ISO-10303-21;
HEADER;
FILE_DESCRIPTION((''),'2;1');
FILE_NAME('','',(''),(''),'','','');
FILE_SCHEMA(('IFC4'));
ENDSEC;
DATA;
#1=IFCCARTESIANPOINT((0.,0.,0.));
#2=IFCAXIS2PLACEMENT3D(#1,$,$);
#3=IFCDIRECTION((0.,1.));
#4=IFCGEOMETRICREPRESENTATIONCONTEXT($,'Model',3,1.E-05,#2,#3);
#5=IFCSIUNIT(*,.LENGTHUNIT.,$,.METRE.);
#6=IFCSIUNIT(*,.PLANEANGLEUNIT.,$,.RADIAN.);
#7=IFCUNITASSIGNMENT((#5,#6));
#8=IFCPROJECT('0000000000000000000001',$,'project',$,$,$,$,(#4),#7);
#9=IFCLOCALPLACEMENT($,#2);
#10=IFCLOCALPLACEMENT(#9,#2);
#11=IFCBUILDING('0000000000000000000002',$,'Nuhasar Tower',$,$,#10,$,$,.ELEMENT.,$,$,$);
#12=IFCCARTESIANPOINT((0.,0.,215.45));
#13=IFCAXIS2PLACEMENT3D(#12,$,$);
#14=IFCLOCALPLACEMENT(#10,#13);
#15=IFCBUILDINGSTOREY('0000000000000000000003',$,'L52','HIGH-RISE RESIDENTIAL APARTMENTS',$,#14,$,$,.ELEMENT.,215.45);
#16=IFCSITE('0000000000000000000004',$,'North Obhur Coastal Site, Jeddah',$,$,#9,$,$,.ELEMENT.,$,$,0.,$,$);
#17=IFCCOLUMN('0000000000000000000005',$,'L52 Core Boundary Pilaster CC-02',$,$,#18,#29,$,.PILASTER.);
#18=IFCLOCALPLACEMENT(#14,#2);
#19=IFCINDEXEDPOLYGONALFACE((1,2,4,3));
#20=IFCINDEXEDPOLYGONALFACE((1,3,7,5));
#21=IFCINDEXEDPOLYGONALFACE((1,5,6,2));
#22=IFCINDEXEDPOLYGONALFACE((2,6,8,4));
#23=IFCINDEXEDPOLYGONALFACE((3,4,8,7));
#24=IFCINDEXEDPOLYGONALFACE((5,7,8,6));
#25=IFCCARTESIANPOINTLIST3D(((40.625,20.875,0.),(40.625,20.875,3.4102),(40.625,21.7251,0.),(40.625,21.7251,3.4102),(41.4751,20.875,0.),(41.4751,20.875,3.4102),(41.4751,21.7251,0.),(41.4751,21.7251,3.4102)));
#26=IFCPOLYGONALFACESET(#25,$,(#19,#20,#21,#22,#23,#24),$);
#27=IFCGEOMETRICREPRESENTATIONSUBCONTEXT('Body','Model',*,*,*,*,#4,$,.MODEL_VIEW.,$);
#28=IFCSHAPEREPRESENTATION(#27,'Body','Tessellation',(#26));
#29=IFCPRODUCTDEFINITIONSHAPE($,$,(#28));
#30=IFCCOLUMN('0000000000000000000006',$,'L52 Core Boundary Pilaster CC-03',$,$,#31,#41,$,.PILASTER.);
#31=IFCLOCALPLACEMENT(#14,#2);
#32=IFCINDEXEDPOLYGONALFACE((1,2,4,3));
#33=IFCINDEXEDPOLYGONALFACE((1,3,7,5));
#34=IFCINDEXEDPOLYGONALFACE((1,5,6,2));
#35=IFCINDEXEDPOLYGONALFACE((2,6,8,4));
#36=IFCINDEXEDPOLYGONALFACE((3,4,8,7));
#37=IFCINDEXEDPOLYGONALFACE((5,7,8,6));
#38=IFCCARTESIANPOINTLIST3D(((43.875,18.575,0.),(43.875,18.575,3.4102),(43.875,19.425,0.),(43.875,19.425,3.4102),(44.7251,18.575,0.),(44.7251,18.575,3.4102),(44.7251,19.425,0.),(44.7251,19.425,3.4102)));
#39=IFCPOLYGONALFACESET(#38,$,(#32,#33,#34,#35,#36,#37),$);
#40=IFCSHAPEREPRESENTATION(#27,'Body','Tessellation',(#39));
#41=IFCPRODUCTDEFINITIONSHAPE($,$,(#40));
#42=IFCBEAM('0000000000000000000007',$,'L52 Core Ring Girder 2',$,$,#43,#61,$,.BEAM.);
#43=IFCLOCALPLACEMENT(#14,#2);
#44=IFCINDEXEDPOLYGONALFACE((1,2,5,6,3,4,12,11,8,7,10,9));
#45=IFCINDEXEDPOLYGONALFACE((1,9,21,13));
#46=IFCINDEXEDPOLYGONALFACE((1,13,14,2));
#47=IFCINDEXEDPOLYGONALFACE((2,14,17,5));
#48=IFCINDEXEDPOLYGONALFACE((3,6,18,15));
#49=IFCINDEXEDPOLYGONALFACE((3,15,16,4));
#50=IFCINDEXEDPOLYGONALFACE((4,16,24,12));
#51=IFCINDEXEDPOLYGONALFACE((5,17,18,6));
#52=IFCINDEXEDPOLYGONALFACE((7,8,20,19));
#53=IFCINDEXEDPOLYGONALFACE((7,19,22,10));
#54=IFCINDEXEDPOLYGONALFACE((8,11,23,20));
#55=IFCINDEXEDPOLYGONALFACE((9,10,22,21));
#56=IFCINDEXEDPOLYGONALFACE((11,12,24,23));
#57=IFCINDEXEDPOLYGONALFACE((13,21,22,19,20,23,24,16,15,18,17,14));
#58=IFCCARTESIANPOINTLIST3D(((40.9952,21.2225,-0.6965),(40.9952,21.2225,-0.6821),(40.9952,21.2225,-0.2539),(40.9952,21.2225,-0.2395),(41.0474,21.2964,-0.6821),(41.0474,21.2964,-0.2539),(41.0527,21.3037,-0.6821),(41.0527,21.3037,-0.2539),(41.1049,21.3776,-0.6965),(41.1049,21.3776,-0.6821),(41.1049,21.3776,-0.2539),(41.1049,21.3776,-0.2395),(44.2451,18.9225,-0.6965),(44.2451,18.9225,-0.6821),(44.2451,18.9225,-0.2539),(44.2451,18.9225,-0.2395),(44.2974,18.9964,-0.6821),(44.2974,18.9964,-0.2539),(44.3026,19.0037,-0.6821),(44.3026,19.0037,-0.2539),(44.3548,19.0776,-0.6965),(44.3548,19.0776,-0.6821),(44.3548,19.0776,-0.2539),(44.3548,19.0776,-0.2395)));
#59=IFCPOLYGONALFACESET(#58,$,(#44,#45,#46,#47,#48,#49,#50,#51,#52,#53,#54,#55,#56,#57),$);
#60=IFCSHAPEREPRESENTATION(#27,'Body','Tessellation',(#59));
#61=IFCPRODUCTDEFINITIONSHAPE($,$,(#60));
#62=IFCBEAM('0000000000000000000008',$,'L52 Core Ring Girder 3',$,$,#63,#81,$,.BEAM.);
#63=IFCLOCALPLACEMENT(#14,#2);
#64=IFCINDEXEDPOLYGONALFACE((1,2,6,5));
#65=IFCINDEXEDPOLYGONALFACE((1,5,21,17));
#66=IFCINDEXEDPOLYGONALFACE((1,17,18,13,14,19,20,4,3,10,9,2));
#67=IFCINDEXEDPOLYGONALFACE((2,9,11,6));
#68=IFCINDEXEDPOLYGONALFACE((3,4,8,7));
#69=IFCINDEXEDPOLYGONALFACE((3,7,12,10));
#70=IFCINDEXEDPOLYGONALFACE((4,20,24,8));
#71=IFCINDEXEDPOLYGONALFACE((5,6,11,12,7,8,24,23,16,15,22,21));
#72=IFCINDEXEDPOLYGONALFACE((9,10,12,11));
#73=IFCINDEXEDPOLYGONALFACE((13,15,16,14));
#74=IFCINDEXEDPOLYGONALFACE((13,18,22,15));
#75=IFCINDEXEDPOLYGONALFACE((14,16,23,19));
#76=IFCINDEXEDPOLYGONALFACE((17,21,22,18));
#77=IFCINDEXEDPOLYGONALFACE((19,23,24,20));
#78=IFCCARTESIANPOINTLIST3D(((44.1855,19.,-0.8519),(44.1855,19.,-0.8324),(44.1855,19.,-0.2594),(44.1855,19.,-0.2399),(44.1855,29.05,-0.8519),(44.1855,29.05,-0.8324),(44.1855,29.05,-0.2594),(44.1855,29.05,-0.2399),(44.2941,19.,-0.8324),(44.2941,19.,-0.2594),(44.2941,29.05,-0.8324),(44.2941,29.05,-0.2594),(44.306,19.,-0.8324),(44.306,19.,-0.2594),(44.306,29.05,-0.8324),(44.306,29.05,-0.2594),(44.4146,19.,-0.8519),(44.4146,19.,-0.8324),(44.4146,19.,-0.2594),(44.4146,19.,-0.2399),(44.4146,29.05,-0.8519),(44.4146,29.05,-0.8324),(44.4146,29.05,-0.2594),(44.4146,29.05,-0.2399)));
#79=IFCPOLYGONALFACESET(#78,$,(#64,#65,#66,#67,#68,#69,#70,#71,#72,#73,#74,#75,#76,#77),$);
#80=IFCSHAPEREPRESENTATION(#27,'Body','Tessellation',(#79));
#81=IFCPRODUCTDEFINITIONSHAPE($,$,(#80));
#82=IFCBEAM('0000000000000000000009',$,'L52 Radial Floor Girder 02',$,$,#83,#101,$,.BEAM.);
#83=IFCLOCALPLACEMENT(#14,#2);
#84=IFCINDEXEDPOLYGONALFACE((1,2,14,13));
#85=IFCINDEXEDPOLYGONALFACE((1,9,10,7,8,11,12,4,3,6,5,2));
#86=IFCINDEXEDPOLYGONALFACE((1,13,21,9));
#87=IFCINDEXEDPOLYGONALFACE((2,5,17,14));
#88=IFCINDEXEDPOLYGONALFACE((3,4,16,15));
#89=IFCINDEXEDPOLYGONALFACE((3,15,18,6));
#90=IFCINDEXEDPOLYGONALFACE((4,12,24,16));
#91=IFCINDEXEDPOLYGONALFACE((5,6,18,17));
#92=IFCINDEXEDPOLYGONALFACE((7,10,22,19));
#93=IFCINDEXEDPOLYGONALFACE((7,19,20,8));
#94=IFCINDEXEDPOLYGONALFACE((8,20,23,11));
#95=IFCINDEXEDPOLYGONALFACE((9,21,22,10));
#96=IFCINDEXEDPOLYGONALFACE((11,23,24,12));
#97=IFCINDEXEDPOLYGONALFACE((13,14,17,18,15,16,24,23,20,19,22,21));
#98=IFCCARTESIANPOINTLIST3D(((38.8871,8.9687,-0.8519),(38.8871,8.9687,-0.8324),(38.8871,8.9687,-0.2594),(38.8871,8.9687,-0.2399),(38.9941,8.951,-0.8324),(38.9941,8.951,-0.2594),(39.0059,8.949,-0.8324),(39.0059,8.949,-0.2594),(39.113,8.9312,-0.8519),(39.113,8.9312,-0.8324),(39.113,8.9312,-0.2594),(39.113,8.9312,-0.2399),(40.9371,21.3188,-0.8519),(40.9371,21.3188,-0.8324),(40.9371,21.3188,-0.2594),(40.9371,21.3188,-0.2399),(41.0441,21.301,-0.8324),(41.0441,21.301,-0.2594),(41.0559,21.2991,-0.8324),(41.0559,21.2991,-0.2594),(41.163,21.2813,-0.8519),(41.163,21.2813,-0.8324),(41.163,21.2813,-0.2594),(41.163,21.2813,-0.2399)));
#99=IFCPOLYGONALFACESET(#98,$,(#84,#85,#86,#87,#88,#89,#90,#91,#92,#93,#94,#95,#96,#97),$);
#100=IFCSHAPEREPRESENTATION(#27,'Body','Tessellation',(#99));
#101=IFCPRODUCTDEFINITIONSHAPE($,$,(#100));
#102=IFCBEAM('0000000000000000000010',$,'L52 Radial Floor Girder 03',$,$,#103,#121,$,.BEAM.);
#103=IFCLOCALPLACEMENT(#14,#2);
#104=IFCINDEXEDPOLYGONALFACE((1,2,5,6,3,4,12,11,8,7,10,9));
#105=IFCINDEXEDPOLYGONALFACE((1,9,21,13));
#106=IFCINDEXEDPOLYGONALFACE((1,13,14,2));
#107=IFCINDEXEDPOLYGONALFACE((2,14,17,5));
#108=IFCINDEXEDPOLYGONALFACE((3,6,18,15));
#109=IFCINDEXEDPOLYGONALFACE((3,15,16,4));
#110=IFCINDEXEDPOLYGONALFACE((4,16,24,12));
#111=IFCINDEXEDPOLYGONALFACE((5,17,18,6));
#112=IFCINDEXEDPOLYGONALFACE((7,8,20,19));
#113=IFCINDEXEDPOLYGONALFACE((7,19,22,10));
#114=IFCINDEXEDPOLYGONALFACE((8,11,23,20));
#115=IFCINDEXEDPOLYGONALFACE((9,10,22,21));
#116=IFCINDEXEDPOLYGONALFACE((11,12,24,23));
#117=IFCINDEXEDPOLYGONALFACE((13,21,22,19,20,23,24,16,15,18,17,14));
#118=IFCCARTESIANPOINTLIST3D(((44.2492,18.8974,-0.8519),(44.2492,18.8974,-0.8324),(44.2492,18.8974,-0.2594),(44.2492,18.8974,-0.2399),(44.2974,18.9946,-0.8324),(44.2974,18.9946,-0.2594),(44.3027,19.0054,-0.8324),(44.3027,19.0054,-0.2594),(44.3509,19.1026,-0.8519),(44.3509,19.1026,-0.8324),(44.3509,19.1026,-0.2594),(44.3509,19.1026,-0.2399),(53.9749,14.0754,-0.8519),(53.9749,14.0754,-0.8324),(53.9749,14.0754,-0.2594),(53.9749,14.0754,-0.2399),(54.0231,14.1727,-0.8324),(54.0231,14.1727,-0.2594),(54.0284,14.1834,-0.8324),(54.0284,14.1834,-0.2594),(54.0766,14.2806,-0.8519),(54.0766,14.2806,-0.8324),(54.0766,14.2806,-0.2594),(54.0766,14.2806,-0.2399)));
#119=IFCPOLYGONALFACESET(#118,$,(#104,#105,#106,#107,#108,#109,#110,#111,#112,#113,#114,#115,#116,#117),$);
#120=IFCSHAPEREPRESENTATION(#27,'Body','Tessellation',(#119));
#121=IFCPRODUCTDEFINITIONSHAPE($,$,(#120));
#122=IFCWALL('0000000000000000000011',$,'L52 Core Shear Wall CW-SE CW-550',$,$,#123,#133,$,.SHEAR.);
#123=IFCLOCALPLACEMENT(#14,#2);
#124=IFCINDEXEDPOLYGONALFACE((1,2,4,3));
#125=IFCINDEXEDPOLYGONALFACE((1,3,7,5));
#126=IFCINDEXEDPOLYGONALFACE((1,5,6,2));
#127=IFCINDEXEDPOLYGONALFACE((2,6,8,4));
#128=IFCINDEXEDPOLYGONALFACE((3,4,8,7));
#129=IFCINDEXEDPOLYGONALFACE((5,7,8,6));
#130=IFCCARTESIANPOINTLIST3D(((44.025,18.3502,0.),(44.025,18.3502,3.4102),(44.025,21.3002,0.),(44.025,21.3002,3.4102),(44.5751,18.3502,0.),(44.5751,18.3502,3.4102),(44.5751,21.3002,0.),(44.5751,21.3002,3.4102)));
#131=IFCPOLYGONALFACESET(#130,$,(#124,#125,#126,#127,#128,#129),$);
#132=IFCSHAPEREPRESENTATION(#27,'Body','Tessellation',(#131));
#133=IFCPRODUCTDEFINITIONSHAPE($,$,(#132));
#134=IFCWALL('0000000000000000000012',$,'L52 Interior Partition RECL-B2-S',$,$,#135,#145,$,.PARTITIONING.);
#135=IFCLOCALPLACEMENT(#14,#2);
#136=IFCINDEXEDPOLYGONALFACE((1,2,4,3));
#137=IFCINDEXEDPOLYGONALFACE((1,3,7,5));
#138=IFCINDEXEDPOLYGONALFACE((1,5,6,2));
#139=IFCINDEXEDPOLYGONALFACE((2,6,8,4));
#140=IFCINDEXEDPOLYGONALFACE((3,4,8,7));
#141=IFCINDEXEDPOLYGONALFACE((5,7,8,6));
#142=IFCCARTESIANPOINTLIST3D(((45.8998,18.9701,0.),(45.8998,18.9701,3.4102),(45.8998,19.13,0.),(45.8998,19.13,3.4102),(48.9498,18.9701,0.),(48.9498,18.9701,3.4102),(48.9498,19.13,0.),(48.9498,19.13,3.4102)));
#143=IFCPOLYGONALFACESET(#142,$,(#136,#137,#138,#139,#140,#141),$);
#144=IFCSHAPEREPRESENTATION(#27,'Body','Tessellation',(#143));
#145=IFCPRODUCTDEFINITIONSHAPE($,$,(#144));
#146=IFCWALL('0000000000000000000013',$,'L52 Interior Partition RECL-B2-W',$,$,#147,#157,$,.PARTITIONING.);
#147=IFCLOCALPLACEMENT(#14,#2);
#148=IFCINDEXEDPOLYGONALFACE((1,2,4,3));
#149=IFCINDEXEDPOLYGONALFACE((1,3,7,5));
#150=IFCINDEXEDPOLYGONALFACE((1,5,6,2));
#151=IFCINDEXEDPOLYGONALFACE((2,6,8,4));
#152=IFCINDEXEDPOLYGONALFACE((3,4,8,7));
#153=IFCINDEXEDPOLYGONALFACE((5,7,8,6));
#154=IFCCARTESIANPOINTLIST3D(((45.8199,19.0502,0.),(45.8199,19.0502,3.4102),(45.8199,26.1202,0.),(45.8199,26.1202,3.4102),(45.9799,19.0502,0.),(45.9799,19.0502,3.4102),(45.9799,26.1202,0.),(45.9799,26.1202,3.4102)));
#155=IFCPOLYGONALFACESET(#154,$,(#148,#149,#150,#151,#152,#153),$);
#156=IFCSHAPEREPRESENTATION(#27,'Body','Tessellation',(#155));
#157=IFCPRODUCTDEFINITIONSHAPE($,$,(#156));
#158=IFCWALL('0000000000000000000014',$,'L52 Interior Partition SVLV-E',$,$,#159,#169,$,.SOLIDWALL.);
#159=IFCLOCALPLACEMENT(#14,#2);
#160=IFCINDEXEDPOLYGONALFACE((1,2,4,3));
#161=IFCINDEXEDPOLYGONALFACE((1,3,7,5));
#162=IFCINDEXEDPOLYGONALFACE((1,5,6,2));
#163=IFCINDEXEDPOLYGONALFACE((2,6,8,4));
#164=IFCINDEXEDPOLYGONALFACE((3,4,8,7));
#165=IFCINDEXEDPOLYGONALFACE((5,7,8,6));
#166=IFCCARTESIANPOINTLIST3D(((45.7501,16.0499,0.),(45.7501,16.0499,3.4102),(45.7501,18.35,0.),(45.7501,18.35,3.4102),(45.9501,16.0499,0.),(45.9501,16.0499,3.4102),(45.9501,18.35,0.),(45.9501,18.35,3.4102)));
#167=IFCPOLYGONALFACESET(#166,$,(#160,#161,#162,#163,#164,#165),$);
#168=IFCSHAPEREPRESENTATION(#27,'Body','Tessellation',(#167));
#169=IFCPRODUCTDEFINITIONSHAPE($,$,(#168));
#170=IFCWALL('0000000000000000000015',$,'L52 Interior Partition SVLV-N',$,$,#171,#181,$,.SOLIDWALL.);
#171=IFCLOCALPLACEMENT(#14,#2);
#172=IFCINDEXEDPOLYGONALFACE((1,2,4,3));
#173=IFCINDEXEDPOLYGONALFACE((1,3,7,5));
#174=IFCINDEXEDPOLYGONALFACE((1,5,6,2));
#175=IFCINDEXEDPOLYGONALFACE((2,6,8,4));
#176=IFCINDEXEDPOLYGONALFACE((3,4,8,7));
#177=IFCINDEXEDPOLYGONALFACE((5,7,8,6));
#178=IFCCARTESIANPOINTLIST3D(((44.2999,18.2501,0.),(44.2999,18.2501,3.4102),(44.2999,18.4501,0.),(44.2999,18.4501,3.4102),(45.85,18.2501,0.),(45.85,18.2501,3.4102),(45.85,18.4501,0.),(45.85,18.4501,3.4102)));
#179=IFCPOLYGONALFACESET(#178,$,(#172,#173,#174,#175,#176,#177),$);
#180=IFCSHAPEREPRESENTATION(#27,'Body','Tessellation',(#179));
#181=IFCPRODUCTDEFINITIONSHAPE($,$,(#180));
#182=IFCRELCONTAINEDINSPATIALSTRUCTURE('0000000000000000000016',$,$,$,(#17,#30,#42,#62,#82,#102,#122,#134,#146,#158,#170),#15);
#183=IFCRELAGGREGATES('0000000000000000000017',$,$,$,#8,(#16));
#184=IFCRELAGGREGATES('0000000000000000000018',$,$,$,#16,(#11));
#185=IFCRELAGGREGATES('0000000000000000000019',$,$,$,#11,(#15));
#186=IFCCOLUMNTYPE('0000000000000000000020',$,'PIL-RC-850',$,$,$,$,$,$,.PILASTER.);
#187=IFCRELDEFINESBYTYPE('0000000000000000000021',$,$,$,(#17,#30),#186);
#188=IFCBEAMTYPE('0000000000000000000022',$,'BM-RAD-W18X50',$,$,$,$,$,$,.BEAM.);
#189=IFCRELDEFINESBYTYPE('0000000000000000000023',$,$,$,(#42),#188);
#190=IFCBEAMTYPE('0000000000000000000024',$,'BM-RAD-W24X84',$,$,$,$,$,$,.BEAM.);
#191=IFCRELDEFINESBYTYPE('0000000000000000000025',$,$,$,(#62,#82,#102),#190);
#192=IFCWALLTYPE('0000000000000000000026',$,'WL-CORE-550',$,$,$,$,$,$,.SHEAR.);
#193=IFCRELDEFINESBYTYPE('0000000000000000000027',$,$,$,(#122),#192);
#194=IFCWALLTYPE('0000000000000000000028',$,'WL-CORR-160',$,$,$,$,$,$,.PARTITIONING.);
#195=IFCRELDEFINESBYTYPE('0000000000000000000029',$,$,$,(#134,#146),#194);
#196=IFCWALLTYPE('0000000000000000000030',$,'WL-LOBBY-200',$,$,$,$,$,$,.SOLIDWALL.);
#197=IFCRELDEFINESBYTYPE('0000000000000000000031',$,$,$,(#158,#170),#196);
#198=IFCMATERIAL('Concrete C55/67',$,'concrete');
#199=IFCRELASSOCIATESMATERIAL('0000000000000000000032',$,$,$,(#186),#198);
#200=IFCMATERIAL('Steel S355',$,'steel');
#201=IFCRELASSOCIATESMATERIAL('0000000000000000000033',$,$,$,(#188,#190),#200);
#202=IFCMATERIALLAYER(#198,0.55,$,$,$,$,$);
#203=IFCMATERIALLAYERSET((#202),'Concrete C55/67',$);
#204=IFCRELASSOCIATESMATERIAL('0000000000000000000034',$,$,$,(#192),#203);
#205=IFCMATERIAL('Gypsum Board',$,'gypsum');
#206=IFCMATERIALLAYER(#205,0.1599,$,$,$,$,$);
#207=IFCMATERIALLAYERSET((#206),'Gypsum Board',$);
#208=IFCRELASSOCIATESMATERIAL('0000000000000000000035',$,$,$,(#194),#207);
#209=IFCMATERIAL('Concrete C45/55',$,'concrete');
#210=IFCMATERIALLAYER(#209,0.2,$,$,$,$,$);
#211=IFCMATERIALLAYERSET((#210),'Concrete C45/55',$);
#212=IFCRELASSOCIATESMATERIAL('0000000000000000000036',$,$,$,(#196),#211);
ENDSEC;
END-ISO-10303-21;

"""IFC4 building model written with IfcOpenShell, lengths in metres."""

from ifc_helpers import new_model, si_unit, direction, frame, frame_2d, origin, origin_2d, place, context, subcontext, project, spatial, rectangle, i_section, extrude, material, layer, layer_set, material_profile, profile_set, type_object, element, save


model = new_model("IFC4")

# Units and contexts
model_context = context("Model", 3, precision=1e-05, world=origin(), true_north=direction((0.0, 1.0)))
body_context = subcontext(model_context, "Body", "Model", "MODEL_VIEW")
ifc_project = project(units=[si_unit("LENGTHUNIT", "METRE"), si_unit("PLANEANGLEUNIT", "RADIAN")], contexts=[model_context])

# Site, building, storey
site_placement = place(None, origin())
site = spatial("IfcSite", under=ifc_project, at=site_placement, Name="North Obhur Coastal Site, Jeddah", CompositionType="ELEMENT", RefElevation=0.0)
building_placement = place(site_placement, origin())
building = spatial("IfcBuilding", under=site, at=building_placement, Name="Nuhasar Tower", CompositionType="ELEMENT")
storey_placement = place(building_placement, frame((0.0, 0.0, 215.45)))
storey = spatial("IfcBuildingStorey", under=building, at=storey_placement, Name="L52", Description="HIGH-RISE RESIDENTIAL APARTMENTS", CompositionType="ELEMENT", Elevation=215.45)

# Columns
ifc_material_1 = material(Name="Concrete C55/67", Category="concrete")
ifc_material_profile_1 = material_profile(ifc_material_1, rectangle(XDim=0.8501, YDim=0.8501, at=origin_2d()), Name="RC850X850")
ifc_profile_set_1 = profile_set([ifc_material_profile_1], Name="Concrete C55/67")
column_type = type_object("IfcColumnType", Name="PIL-RC-850", PredefinedType="PILASTER", material=ifc_profile_set_1)
for number, where, z_axis, x_axis, name in (
    (1, (41.05, 21.3, 0.0), (0.0, 0.0, 1.0), (1.0, 0.0, 0.0), "L52 Core Boundary Pilaster CC-02"),
    (2, (44.3, 19.0, 0.0), (0.0, 0.0, 1.0), (1.0, 0.0, 0.0), "L52 Core Boundary Pilaster CC-03"),
):
    element("IfcColumn", number, at=place(storey_placement, frame(where, z_axis=z_axis, x_axis=x_axis)), inside=storey, type_object=column_type, Name=name, PredefinedType="PILASTER", context=body_context, shape_type="SweptSolid", body=[
        extrude(rectangle(XDim=0.8501, YDim=0.8501, at=origin_2d()), origin(), (0.0, 0.0, 1.0), 3.4102),
    ])

# Beams
ifc_material_2 = material(Name="Steel S355", Category="steel")
ifc_material_profile_2 = material_profile(ifc_material_2, i_section(OverallWidth=0.1899, OverallDepth=0.457, WebThickness=0.009, FlangeThickness=0.0144, at=origin_2d()), Name="W18X50")
ifc_profile_set_2 = profile_set([ifc_material_profile_2], Name="Steel S355")
beam_type_1 = type_object("IfcBeamType", Name="BM-RAD-W18X50", PredefinedType="BEAM", material=ifc_profile_set_2)
beam_1_placement = place(storey_placement, frame((41.05, 21.3, -0.468), z_axis=(0.816265, -0.577677, 0.0), x_axis=(0.577677, 0.816265, 0.0)))
element("IfcBeam", 3, at=beam_1_placement, inside=storey, type_object=beam_type_1, Name="L52 Core Ring Girder 2", PredefinedType="BEAM", context=body_context, shape_type="SweptSolid", body=[
    extrude(i_section(OverallWidth=0.1899, OverallDepth=0.457, WebThickness=0.009, FlangeThickness=0.0144, at=origin_2d()), origin(), (0.0, 0.0, 1.0), 3.9814),
])
ifc_material_profile_3 = material_profile(ifc_material_2, i_section(OverallWidth=0.229, OverallDepth=0.6121, WebThickness=0.012, FlangeThickness=0.0195, at=origin_2d()), Name="W24X84")
ifc_profile_set_3 = profile_set([ifc_material_profile_3], Name="Steel S355")
beam_type_2 = type_object("IfcBeamType", Name="BM-RAD-W24X84", PredefinedType="BEAM", material=ifc_profile_set_3)
beam_2_placement = place(storey_placement, frame((44.3, 19.0, -0.5459), z_axis=(0.0, 1.0, 0.0), x_axis=(-1.0, 0.0, 0.0)))
element("IfcBeam", 4, at=beam_2_placement, inside=storey, type_object=beam_type_2, Name="L52 Core Ring Girder 3", PredefinedType="BEAM", context=body_context, shape_type="SweptSolid", body=[
    extrude(i_section(OverallWidth=0.229, OverallDepth=0.6121, WebThickness=0.012, FlangeThickness=0.0195, at=origin_2d()), origin(), (0.0, 0.0, 1.0), 10.05),
])
beam_3_placement = place(storey_placement, frame((41.05, 21.3, -0.5459), z_axis=(-0.163754, -0.986501, 0.0), x_axis=(0.986501, -0.163754, 0.0)))
element("IfcBeam", 5, at=beam_3_placement, inside=storey, type_object=beam_type_2, Name="L52 Radial Floor Girder 02", PredefinedType="BEAM", context=body_context, shape_type="SweptSolid", body=[
    extrude(i_section(OverallWidth=0.229, OverallDepth=0.6121, WebThickness=0.012, FlangeThickness=0.0195, at=origin_2d()), origin(), (0.0, 0.0, 1.0), 12.519),
])
beam_4_placement = place(storey_placement, frame((44.3, 19.0, -0.5459), z_axis=(0.895929, -0.444197, 0.0), x_axis=(0.444197, 0.895929, 0.0)))
element("IfcBeam", 6, at=beam_4_placement, inside=storey, type_object=beam_type_2, Name="L52 Radial Floor Girder 03", PredefinedType="BEAM", context=body_context, shape_type="SweptSolid", body=[
    extrude(i_section(OverallWidth=0.229, OverallDepth=0.6121, WebThickness=0.012, FlangeThickness=0.0195, at=origin_2d()), origin(), (0.0, 0.0, 1.0), 10.8555),
])

# Walls
ifc_layer_1 = layer(ifc_material_1, 0.55)
ifc_layer_set_1 = layer_set([ifc_layer_1], Name="Concrete C55/67")
wall_type_1 = type_object("IfcWallType", Name="WL-CORE-550", PredefinedType="SHEAR", material=ifc_layer_set_1)
wall_1_placement = place(storey_placement, frame((44.3, 18.3501, 0.0), z_axis=(0.0, 0.0, 1.0), x_axis=(0.0, 1.0, 0.0)))
element("IfcWall", 7, at=wall_1_placement, inside=storey, type_object=wall_type_1, Name="L52 Core Shear Wall CW-SE CW-550", PredefinedType="SHEAR", context=body_context, shape_type="SweptSolid", body=[
    extrude(rectangle(XDim=2.95, YDim=0.55, at=frame_2d((1.4751, 0.0))), origin(), (0.0, 0.0, 1.0), 3.4102),
])
ifc_material_3 = material(Name="Gypsum Board", Category="gypsum")
ifc_layer_2 = layer(ifc_material_3, 0.1599)
ifc_layer_set_2 = layer_set([ifc_layer_2], Name="Gypsum Board")
wall_type_2 = type_object("IfcWallType", Name="WL-CORR-160", PredefinedType="PARTITIONING", material=ifc_layer_set_2)
wall_2_placement = place(storey_placement, frame((45.8999, 19.05, 0.0), z_axis=(0.0, 0.0, 1.0), x_axis=(1.0, 0.0, 0.0)))
element("IfcWall", 8, at=wall_2_placement, inside=storey, type_object=wall_type_2, Name="L52 Interior Partition RECL-B2-S", PredefinedType="PARTITIONING", context=body_context, shape_type="SweptSolid", body=[
    extrude(rectangle(XDim=3.05, YDim=0.1599, at=frame_2d((1.5249, 0.0))), origin(), (0.0, 0.0, 1.0), 3.4102),
])
wall_3_placement = place(storey_placement, frame((45.8999, 19.05, 0.0), z_axis=(0.0, 0.0, 1.0), x_axis=(0.0, 1.0, 0.0)))
element("IfcWall", 9, at=wall_3_placement, inside=storey, type_object=wall_type_2, Name="L52 Interior Partition RECL-B2-W", PredefinedType="PARTITIONING", context=body_context, shape_type="SweptSolid", body=[
    extrude(rectangle(XDim=7.0701, YDim=0.1599, at=frame_2d((3.5352, 0.0))), origin(), (0.0, 0.0, 1.0), 3.4102),
])

# Shared definitions
ifc_material_4 = material(Name="Concrete C45/55", Category="concrete")
ifc_layer_3 = layer(ifc_material_4, 0.2)
ifc_layer_set_3 = layer_set([ifc_layer_3], Name="Concrete C45/55")
wall_type_3 = type_object("IfcWallType", Name="WL-LOBBY-200", PredefinedType="SOLIDWALL", material=ifc_layer_set_3)

# Walls
wall_4_placement = place(storey_placement, frame((45.8501, 16.05, 0.0), z_axis=(0.0, 0.0, 1.0), x_axis=(0.0, 1.0, 0.0)))
element("IfcWall", 10, at=wall_4_placement, inside=storey, type_object=wall_type_3, Name="L52 Interior Partition SVLV-E", PredefinedType="SOLIDWALL", context=body_context, shape_type="SweptSolid", body=[
    extrude(rectangle(XDim=2.3, YDim=0.2, at=frame_2d((1.1499, 0.0))), origin(), (0.0, 0.0, 1.0), 3.4102),
])
wall_5_placement = place(storey_placement, frame((44.3, 18.3501, 0.0), z_axis=(0.0, 0.0, 1.0), x_axis=(1.0, 0.0, 0.0)))
element("IfcWall", 11, at=wall_5_placement, inside=storey, type_object=wall_type_3, Name="L52 Interior Partition SVLV-N", PredefinedType="SOLIDWALL", context=body_context, shape_type="SweptSolid", body=[
    extrude(rectangle(XDim=1.55, YDim=0.2, at=frame_2d((0.7749, 0.0))), origin(), (0.0, 0.0, 1.0), 3.4102),
])

save(model, "model.ifc")
